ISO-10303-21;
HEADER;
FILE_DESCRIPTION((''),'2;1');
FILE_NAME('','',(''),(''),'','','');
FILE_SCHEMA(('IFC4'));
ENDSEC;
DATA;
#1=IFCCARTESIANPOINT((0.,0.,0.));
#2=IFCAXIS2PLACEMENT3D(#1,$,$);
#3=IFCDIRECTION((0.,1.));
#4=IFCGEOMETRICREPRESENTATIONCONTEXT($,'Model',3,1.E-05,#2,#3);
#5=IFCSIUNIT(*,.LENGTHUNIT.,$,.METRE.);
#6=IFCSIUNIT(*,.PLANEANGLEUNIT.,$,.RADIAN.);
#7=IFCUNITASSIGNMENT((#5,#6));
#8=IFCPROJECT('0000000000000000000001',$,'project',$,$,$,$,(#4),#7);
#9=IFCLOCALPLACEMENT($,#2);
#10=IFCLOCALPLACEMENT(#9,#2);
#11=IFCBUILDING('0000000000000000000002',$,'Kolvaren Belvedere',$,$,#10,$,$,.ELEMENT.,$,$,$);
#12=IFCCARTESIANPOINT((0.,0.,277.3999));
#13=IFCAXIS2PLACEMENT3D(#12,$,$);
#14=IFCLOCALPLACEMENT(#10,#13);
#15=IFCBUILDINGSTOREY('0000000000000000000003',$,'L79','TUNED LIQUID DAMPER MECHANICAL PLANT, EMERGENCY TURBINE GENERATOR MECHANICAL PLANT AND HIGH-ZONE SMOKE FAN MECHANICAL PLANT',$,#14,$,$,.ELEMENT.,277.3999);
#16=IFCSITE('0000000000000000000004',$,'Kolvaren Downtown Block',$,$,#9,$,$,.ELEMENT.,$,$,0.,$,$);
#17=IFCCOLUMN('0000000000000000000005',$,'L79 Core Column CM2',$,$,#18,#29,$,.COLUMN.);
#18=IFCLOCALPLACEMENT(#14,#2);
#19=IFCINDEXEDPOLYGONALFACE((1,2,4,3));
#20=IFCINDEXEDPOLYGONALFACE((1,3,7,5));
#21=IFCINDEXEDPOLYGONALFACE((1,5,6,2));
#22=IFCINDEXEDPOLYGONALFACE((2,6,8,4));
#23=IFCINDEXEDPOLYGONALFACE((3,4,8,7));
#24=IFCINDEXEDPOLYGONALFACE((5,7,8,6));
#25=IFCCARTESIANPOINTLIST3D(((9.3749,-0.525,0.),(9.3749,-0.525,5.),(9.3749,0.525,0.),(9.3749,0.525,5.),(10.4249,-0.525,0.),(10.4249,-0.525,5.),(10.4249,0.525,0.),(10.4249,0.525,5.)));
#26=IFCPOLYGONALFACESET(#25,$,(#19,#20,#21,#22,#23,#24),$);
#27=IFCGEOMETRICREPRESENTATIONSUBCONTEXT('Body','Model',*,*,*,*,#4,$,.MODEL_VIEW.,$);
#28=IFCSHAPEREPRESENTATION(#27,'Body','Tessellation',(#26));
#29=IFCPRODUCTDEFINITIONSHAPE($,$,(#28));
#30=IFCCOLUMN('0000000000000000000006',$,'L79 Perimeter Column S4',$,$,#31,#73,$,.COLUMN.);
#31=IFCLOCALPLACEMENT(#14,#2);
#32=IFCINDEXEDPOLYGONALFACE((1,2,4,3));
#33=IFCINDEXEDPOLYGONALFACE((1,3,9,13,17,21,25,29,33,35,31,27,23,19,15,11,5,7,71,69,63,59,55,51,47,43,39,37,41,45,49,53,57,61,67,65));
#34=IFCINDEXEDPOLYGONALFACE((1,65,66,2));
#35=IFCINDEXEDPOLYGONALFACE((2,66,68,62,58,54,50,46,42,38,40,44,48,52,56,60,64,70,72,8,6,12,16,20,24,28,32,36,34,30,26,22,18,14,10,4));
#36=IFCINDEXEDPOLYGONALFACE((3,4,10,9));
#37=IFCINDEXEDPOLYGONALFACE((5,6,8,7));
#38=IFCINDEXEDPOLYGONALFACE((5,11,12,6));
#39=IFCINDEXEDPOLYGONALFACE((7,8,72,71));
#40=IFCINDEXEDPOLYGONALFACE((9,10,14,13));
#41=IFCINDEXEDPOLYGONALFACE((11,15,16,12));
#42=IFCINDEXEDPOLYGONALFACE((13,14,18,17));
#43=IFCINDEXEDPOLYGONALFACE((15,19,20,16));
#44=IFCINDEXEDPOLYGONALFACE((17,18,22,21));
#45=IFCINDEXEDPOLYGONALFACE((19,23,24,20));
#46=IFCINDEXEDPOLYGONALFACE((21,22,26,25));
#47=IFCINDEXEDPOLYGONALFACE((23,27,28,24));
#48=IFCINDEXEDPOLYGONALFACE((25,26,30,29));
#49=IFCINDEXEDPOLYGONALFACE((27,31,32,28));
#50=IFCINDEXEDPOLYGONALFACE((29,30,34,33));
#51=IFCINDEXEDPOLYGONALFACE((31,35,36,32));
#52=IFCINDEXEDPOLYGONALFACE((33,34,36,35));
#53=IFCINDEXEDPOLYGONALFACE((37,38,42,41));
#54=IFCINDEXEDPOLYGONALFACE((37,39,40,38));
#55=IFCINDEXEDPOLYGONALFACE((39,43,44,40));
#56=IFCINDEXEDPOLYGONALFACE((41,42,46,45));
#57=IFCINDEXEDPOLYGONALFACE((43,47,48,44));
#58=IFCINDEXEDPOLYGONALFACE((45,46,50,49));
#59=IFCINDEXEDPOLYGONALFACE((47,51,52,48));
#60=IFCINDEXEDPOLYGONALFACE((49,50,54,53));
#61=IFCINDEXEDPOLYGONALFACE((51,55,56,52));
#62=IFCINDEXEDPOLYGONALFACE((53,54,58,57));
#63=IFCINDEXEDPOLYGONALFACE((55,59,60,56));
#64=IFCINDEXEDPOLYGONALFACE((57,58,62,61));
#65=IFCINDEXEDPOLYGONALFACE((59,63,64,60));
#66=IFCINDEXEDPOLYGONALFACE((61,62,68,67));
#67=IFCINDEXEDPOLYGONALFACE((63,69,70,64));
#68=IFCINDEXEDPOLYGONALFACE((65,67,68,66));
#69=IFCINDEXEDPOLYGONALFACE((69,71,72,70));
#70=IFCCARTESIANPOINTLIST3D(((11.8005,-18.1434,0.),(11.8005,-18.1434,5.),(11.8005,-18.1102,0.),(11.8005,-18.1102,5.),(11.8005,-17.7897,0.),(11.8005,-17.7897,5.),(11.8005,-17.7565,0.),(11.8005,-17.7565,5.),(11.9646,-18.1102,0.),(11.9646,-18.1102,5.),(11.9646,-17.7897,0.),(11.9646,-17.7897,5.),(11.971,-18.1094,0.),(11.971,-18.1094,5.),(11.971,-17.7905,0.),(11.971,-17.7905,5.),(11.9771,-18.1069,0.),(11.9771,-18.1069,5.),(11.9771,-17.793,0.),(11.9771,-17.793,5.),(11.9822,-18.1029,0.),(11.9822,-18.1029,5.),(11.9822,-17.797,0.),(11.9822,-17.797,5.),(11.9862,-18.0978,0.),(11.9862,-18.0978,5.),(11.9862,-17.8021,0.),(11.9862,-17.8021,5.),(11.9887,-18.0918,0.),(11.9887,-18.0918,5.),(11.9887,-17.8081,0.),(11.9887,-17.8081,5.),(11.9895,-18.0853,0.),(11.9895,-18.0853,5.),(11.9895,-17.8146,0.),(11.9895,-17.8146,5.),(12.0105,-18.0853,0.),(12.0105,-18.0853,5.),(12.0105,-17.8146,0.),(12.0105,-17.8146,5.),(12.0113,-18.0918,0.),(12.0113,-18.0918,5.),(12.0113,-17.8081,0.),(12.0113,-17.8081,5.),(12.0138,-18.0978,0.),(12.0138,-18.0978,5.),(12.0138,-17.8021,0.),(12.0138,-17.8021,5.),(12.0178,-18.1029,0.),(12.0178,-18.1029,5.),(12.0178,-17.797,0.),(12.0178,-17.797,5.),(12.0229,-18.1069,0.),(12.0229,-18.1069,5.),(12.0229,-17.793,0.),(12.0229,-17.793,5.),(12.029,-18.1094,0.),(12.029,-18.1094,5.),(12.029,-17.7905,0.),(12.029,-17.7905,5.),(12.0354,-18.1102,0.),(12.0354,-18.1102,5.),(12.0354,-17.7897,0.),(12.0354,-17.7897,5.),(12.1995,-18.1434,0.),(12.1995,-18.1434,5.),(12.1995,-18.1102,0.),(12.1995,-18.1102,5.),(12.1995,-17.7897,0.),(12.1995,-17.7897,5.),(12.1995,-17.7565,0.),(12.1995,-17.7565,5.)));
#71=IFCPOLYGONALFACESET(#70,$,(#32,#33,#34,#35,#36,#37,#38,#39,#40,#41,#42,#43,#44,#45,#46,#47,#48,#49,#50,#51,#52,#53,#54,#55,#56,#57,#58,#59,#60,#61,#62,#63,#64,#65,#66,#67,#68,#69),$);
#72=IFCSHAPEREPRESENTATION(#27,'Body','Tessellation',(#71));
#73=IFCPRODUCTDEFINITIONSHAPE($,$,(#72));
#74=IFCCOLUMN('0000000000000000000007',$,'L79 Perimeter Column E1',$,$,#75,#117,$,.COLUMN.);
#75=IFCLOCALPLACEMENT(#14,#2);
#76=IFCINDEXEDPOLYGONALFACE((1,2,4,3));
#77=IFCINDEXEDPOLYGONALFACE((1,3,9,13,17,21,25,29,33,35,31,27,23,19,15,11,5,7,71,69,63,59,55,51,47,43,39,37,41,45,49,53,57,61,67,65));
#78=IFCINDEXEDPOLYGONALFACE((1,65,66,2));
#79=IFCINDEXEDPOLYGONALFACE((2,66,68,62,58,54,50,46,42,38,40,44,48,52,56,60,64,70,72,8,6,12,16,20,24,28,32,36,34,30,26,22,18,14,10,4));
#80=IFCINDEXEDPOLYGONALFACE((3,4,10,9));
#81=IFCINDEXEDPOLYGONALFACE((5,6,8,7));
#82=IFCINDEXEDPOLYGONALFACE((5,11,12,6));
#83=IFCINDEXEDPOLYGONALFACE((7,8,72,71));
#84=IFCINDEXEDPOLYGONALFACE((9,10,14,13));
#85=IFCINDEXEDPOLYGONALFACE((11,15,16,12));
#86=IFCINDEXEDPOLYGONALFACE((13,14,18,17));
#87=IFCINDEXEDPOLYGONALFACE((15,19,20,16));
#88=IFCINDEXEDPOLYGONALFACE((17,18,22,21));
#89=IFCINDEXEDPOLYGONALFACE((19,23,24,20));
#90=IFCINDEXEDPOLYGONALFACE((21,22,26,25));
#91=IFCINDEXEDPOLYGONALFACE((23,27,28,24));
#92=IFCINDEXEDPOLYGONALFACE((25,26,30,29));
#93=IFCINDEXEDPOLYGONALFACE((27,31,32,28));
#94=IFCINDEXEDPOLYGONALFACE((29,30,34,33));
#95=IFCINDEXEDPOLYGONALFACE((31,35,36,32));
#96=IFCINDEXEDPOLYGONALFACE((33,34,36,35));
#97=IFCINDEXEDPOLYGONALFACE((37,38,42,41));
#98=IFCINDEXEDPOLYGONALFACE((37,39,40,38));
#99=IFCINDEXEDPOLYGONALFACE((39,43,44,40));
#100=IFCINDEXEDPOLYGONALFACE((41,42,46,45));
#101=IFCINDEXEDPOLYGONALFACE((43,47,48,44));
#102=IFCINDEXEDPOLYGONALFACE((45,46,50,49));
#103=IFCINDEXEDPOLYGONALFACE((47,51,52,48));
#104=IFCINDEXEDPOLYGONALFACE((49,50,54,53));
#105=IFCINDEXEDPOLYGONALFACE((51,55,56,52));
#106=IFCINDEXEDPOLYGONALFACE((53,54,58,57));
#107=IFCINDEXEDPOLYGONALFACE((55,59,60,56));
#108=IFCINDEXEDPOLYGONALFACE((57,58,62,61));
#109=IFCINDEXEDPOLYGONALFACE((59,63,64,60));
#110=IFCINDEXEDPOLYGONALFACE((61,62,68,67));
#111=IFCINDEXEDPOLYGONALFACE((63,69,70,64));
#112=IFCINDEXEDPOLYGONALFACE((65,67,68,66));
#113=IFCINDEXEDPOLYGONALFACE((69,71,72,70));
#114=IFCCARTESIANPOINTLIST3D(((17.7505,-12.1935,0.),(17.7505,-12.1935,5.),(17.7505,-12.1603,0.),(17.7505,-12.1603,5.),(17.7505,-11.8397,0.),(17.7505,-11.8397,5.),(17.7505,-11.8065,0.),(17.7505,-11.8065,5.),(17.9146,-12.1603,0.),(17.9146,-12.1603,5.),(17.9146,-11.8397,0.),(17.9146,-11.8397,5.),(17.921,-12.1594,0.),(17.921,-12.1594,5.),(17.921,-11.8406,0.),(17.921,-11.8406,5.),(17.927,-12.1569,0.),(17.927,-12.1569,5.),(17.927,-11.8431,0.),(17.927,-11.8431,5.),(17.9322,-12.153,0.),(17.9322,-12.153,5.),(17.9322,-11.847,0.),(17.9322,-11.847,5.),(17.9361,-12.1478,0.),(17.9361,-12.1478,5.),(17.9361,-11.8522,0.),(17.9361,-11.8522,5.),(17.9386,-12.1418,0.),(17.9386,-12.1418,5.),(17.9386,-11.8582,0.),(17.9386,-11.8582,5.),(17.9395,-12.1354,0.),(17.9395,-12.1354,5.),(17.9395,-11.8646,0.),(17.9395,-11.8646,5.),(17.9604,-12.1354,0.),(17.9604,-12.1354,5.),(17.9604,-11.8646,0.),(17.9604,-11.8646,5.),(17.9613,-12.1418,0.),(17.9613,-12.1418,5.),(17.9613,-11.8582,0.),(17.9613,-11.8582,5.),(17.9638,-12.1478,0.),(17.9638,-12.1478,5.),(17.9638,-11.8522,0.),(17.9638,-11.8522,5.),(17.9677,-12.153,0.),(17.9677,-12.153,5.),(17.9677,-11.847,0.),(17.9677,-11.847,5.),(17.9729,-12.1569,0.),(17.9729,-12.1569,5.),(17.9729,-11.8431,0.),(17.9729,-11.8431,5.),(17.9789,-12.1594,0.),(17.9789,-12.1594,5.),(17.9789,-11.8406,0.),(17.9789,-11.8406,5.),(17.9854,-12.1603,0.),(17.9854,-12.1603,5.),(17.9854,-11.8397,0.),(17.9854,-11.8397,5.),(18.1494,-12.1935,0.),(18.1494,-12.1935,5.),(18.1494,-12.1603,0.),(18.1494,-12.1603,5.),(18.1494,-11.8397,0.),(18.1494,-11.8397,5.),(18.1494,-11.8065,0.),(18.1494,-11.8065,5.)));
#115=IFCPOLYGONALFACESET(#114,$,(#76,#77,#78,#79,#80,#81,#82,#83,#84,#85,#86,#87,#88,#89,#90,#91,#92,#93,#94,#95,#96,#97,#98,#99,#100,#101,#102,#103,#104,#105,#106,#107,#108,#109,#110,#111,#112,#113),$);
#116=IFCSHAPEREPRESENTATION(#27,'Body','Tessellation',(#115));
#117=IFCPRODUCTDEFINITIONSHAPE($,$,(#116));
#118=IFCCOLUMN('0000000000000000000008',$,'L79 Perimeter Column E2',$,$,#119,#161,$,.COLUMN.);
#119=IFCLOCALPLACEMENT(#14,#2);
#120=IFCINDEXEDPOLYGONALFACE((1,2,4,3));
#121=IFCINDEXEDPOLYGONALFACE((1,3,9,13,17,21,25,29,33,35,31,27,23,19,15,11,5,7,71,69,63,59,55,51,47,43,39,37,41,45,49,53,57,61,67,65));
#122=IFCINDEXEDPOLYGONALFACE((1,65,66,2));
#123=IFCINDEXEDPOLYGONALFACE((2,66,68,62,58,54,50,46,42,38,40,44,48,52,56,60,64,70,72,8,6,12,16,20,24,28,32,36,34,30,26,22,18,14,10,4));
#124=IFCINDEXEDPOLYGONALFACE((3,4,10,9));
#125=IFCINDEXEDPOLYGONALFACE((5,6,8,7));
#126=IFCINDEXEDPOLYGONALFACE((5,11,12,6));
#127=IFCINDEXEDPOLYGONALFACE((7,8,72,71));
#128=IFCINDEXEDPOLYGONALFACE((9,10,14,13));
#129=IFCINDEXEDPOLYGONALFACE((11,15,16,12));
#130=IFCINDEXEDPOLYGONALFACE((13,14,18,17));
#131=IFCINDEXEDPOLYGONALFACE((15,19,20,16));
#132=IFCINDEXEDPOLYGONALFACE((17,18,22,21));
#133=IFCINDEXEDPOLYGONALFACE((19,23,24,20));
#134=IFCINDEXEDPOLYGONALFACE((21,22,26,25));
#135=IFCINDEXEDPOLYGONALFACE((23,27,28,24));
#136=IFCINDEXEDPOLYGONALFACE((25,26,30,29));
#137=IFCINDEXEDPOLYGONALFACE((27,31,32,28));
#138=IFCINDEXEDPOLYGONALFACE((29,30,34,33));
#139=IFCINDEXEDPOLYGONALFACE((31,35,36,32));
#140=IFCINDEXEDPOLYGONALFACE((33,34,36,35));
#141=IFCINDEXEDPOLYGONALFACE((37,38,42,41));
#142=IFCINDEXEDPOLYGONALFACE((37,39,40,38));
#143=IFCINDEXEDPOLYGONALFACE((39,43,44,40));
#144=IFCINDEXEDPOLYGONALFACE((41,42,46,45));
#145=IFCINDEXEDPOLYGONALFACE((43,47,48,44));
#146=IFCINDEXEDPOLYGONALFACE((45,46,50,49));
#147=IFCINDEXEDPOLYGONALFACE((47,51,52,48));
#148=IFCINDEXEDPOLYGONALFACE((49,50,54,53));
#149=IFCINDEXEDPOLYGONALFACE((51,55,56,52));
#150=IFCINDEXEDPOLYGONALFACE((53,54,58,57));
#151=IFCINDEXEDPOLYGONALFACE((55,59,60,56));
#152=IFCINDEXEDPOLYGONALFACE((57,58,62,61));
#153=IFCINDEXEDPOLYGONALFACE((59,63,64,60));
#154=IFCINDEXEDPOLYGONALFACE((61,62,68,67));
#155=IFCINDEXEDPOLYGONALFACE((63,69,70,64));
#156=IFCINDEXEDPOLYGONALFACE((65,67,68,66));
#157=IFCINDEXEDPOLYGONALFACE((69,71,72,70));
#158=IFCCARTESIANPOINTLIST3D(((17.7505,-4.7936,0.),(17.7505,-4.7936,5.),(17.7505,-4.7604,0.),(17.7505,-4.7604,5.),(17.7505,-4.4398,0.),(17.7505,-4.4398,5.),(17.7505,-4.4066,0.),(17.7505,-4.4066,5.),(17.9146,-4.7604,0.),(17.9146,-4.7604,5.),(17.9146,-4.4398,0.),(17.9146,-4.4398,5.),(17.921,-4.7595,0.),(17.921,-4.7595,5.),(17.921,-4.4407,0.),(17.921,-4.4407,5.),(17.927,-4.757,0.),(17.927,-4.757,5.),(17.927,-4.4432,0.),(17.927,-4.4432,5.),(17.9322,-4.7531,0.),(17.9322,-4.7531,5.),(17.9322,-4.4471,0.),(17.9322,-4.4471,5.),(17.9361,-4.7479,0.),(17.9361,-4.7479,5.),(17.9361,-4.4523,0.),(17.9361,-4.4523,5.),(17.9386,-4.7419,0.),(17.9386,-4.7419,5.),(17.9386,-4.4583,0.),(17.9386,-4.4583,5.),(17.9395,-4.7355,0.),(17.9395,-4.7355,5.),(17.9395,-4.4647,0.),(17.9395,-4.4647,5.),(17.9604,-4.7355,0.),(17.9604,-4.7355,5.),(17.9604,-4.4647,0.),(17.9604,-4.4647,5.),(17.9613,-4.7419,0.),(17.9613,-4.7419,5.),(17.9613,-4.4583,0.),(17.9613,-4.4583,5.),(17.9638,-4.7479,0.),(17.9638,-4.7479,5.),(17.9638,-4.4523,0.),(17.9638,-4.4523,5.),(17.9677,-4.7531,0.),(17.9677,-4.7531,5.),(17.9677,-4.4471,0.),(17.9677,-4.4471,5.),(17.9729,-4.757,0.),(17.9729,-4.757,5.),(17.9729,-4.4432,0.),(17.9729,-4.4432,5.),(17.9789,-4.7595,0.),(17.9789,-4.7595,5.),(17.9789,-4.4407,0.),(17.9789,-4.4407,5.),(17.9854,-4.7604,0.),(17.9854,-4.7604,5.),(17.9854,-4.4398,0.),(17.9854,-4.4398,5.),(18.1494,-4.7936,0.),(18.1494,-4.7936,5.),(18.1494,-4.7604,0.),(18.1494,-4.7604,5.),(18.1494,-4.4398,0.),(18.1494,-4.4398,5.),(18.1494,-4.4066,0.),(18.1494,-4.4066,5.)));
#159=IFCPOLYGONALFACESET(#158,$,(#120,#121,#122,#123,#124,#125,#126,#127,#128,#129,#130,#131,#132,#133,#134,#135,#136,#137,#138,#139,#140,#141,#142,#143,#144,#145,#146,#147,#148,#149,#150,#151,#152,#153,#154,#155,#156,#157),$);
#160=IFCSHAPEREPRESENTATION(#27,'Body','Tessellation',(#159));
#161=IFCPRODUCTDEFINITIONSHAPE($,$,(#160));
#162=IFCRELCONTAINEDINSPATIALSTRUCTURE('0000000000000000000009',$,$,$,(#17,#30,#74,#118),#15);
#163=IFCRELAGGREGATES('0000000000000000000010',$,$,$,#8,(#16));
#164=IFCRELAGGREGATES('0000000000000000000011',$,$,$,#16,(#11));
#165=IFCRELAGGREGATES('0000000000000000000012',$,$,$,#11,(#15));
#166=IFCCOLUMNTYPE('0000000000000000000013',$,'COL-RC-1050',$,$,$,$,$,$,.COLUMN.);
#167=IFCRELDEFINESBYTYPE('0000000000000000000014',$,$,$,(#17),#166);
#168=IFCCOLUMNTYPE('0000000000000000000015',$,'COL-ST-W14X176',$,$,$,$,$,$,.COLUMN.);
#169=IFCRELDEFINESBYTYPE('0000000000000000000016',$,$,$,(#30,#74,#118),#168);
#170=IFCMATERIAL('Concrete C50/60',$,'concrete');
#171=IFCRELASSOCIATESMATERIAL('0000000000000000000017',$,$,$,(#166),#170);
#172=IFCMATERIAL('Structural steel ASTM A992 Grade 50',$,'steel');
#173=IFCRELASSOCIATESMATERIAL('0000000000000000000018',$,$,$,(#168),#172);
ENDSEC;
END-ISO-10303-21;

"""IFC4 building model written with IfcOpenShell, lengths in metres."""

from ifc_helpers import new_model, si_unit, direction, frame, origin, origin_2d, place, context, subcontext, project, spatial, rectangle, i_section, extrude, material, material_profile, profile_set, type_object, element, save


model = new_model("IFC4")

# Units and contexts
model_context = context("Model", 3, precision=1e-05, world=origin(), true_north=direction((0.0, 1.0)))
body_context = subcontext(model_context, "Body", "Model", "MODEL_VIEW")
ifc_project = project(units=[si_unit("LENGTHUNIT", "METRE"), si_unit("PLANEANGLEUNIT", "RADIAN")], contexts=[model_context])

# Site, building, storey
site_placement = place(None, origin())
site = spatial("IfcSite", under=ifc_project, at=site_placement, Name="Kolvaren Downtown Block", CompositionType="ELEMENT", RefElevation=0.0)
building_placement = place(site_placement, origin())
building = spatial("IfcBuilding", under=site, at=building_placement, Name="Kolvaren Belvedere", CompositionType="ELEMENT")
storey_placement = place(building_placement, frame((0.0, 0.0, 277.3999)))
storey = spatial("IfcBuildingStorey", under=building, at=storey_placement, Name="L79", Description="TUNED LIQUID DAMPER MECHANICAL PLANT, EMERGENCY TURBINE GENERATOR MECHANICAL PLANT AND HIGH-ZONE SMOKE FAN MECHANICAL PLANT", CompositionType="ELEMENT", Elevation=277.3999)

# Columns
ifc_material_1 = material(Name="Concrete C50/60", Category="concrete")
ifc_material_profile_1 = material_profile(ifc_material_1, rectangle(XDim=1.05, YDim=1.05, at=origin_2d()), Name="RC 1050X1050")
ifc_profile_set_1 = profile_set([ifc_material_profile_1], Name="Concrete C50/60")
column_type_1 = type_object("IfcColumnType", Name="COL-RC-1050", PredefinedType="COLUMN", material=ifc_profile_set_1)
column_placement = place(storey_placement, frame((9.8999, 0.0, 0.0), z_axis=(0.0, 0.0, 1.0), x_axis=(1.0, 0.0, 0.0)))
element("IfcColumn", 1, at=column_placement, inside=storey, type_object=column_type_1, Name="L79 Core Column CM2", PredefinedType="COLUMN", context=body_context, shape_type="SweptSolid", body=[
    extrude(rectangle(XDim=1.05, YDim=1.05, at=origin_2d()), origin(), (0.0, 0.0, 1.0), 5.0),
])
ifc_material_2 = material(Name="Structural steel ASTM A992 Grade 50", Category="steel")
ifc_material_profile_2 = material_profile(ifc_material_2, i_section(OverallWidth=0.3989, OverallDepth=0.387, WebThickness=0.021, FlangeThickness=0.0332, FilletRadius=0.0249, at=origin_2d()), Name="W14X176")
ifc_profile_set_2 = profile_set([ifc_material_profile_2], Name="Structural steel ASTM A992 Grade 50")
column_type_2 = type_object("IfcColumnType", Name="COL-ST-W14X176", PredefinedType="COLUMN", material=ifc_profile_set_2)
for number, where, z_axis, x_axis, name in (
    (2, (12.0, -17.95, 0.0), (0.0, 0.0, 1.0), (1.0, 0.0, 0.0), "L79 Perimeter Column S4"),
    (3, (17.95, -12.0, 0.0), (0.0, 0.0, 1.0), (1.0, 0.0, 0.0), "L79 Perimeter Column E1"),
    (4, (17.95, -4.6001, 0.0), (0.0, 0.0, 1.0), (1.0, 0.0, 0.0), "L79 Perimeter Column E2"),
):
    element("IfcColumn", number, at=place(storey_placement, frame(where, z_axis=z_axis, x_axis=x_axis)), inside=storey, type_object=column_type_2, Name=name, PredefinedType="COLUMN", context=body_context, shape_type="SweptSolid", body=[
        extrude(i_section(OverallWidth=0.3989, OverallDepth=0.387, WebThickness=0.021, FlangeThickness=0.0332, FilletRadius=0.0249, at=origin_2d()), origin(), (0.0, 0.0, 1.0), 5.0),
    ])

save(model, "model.ifc")
